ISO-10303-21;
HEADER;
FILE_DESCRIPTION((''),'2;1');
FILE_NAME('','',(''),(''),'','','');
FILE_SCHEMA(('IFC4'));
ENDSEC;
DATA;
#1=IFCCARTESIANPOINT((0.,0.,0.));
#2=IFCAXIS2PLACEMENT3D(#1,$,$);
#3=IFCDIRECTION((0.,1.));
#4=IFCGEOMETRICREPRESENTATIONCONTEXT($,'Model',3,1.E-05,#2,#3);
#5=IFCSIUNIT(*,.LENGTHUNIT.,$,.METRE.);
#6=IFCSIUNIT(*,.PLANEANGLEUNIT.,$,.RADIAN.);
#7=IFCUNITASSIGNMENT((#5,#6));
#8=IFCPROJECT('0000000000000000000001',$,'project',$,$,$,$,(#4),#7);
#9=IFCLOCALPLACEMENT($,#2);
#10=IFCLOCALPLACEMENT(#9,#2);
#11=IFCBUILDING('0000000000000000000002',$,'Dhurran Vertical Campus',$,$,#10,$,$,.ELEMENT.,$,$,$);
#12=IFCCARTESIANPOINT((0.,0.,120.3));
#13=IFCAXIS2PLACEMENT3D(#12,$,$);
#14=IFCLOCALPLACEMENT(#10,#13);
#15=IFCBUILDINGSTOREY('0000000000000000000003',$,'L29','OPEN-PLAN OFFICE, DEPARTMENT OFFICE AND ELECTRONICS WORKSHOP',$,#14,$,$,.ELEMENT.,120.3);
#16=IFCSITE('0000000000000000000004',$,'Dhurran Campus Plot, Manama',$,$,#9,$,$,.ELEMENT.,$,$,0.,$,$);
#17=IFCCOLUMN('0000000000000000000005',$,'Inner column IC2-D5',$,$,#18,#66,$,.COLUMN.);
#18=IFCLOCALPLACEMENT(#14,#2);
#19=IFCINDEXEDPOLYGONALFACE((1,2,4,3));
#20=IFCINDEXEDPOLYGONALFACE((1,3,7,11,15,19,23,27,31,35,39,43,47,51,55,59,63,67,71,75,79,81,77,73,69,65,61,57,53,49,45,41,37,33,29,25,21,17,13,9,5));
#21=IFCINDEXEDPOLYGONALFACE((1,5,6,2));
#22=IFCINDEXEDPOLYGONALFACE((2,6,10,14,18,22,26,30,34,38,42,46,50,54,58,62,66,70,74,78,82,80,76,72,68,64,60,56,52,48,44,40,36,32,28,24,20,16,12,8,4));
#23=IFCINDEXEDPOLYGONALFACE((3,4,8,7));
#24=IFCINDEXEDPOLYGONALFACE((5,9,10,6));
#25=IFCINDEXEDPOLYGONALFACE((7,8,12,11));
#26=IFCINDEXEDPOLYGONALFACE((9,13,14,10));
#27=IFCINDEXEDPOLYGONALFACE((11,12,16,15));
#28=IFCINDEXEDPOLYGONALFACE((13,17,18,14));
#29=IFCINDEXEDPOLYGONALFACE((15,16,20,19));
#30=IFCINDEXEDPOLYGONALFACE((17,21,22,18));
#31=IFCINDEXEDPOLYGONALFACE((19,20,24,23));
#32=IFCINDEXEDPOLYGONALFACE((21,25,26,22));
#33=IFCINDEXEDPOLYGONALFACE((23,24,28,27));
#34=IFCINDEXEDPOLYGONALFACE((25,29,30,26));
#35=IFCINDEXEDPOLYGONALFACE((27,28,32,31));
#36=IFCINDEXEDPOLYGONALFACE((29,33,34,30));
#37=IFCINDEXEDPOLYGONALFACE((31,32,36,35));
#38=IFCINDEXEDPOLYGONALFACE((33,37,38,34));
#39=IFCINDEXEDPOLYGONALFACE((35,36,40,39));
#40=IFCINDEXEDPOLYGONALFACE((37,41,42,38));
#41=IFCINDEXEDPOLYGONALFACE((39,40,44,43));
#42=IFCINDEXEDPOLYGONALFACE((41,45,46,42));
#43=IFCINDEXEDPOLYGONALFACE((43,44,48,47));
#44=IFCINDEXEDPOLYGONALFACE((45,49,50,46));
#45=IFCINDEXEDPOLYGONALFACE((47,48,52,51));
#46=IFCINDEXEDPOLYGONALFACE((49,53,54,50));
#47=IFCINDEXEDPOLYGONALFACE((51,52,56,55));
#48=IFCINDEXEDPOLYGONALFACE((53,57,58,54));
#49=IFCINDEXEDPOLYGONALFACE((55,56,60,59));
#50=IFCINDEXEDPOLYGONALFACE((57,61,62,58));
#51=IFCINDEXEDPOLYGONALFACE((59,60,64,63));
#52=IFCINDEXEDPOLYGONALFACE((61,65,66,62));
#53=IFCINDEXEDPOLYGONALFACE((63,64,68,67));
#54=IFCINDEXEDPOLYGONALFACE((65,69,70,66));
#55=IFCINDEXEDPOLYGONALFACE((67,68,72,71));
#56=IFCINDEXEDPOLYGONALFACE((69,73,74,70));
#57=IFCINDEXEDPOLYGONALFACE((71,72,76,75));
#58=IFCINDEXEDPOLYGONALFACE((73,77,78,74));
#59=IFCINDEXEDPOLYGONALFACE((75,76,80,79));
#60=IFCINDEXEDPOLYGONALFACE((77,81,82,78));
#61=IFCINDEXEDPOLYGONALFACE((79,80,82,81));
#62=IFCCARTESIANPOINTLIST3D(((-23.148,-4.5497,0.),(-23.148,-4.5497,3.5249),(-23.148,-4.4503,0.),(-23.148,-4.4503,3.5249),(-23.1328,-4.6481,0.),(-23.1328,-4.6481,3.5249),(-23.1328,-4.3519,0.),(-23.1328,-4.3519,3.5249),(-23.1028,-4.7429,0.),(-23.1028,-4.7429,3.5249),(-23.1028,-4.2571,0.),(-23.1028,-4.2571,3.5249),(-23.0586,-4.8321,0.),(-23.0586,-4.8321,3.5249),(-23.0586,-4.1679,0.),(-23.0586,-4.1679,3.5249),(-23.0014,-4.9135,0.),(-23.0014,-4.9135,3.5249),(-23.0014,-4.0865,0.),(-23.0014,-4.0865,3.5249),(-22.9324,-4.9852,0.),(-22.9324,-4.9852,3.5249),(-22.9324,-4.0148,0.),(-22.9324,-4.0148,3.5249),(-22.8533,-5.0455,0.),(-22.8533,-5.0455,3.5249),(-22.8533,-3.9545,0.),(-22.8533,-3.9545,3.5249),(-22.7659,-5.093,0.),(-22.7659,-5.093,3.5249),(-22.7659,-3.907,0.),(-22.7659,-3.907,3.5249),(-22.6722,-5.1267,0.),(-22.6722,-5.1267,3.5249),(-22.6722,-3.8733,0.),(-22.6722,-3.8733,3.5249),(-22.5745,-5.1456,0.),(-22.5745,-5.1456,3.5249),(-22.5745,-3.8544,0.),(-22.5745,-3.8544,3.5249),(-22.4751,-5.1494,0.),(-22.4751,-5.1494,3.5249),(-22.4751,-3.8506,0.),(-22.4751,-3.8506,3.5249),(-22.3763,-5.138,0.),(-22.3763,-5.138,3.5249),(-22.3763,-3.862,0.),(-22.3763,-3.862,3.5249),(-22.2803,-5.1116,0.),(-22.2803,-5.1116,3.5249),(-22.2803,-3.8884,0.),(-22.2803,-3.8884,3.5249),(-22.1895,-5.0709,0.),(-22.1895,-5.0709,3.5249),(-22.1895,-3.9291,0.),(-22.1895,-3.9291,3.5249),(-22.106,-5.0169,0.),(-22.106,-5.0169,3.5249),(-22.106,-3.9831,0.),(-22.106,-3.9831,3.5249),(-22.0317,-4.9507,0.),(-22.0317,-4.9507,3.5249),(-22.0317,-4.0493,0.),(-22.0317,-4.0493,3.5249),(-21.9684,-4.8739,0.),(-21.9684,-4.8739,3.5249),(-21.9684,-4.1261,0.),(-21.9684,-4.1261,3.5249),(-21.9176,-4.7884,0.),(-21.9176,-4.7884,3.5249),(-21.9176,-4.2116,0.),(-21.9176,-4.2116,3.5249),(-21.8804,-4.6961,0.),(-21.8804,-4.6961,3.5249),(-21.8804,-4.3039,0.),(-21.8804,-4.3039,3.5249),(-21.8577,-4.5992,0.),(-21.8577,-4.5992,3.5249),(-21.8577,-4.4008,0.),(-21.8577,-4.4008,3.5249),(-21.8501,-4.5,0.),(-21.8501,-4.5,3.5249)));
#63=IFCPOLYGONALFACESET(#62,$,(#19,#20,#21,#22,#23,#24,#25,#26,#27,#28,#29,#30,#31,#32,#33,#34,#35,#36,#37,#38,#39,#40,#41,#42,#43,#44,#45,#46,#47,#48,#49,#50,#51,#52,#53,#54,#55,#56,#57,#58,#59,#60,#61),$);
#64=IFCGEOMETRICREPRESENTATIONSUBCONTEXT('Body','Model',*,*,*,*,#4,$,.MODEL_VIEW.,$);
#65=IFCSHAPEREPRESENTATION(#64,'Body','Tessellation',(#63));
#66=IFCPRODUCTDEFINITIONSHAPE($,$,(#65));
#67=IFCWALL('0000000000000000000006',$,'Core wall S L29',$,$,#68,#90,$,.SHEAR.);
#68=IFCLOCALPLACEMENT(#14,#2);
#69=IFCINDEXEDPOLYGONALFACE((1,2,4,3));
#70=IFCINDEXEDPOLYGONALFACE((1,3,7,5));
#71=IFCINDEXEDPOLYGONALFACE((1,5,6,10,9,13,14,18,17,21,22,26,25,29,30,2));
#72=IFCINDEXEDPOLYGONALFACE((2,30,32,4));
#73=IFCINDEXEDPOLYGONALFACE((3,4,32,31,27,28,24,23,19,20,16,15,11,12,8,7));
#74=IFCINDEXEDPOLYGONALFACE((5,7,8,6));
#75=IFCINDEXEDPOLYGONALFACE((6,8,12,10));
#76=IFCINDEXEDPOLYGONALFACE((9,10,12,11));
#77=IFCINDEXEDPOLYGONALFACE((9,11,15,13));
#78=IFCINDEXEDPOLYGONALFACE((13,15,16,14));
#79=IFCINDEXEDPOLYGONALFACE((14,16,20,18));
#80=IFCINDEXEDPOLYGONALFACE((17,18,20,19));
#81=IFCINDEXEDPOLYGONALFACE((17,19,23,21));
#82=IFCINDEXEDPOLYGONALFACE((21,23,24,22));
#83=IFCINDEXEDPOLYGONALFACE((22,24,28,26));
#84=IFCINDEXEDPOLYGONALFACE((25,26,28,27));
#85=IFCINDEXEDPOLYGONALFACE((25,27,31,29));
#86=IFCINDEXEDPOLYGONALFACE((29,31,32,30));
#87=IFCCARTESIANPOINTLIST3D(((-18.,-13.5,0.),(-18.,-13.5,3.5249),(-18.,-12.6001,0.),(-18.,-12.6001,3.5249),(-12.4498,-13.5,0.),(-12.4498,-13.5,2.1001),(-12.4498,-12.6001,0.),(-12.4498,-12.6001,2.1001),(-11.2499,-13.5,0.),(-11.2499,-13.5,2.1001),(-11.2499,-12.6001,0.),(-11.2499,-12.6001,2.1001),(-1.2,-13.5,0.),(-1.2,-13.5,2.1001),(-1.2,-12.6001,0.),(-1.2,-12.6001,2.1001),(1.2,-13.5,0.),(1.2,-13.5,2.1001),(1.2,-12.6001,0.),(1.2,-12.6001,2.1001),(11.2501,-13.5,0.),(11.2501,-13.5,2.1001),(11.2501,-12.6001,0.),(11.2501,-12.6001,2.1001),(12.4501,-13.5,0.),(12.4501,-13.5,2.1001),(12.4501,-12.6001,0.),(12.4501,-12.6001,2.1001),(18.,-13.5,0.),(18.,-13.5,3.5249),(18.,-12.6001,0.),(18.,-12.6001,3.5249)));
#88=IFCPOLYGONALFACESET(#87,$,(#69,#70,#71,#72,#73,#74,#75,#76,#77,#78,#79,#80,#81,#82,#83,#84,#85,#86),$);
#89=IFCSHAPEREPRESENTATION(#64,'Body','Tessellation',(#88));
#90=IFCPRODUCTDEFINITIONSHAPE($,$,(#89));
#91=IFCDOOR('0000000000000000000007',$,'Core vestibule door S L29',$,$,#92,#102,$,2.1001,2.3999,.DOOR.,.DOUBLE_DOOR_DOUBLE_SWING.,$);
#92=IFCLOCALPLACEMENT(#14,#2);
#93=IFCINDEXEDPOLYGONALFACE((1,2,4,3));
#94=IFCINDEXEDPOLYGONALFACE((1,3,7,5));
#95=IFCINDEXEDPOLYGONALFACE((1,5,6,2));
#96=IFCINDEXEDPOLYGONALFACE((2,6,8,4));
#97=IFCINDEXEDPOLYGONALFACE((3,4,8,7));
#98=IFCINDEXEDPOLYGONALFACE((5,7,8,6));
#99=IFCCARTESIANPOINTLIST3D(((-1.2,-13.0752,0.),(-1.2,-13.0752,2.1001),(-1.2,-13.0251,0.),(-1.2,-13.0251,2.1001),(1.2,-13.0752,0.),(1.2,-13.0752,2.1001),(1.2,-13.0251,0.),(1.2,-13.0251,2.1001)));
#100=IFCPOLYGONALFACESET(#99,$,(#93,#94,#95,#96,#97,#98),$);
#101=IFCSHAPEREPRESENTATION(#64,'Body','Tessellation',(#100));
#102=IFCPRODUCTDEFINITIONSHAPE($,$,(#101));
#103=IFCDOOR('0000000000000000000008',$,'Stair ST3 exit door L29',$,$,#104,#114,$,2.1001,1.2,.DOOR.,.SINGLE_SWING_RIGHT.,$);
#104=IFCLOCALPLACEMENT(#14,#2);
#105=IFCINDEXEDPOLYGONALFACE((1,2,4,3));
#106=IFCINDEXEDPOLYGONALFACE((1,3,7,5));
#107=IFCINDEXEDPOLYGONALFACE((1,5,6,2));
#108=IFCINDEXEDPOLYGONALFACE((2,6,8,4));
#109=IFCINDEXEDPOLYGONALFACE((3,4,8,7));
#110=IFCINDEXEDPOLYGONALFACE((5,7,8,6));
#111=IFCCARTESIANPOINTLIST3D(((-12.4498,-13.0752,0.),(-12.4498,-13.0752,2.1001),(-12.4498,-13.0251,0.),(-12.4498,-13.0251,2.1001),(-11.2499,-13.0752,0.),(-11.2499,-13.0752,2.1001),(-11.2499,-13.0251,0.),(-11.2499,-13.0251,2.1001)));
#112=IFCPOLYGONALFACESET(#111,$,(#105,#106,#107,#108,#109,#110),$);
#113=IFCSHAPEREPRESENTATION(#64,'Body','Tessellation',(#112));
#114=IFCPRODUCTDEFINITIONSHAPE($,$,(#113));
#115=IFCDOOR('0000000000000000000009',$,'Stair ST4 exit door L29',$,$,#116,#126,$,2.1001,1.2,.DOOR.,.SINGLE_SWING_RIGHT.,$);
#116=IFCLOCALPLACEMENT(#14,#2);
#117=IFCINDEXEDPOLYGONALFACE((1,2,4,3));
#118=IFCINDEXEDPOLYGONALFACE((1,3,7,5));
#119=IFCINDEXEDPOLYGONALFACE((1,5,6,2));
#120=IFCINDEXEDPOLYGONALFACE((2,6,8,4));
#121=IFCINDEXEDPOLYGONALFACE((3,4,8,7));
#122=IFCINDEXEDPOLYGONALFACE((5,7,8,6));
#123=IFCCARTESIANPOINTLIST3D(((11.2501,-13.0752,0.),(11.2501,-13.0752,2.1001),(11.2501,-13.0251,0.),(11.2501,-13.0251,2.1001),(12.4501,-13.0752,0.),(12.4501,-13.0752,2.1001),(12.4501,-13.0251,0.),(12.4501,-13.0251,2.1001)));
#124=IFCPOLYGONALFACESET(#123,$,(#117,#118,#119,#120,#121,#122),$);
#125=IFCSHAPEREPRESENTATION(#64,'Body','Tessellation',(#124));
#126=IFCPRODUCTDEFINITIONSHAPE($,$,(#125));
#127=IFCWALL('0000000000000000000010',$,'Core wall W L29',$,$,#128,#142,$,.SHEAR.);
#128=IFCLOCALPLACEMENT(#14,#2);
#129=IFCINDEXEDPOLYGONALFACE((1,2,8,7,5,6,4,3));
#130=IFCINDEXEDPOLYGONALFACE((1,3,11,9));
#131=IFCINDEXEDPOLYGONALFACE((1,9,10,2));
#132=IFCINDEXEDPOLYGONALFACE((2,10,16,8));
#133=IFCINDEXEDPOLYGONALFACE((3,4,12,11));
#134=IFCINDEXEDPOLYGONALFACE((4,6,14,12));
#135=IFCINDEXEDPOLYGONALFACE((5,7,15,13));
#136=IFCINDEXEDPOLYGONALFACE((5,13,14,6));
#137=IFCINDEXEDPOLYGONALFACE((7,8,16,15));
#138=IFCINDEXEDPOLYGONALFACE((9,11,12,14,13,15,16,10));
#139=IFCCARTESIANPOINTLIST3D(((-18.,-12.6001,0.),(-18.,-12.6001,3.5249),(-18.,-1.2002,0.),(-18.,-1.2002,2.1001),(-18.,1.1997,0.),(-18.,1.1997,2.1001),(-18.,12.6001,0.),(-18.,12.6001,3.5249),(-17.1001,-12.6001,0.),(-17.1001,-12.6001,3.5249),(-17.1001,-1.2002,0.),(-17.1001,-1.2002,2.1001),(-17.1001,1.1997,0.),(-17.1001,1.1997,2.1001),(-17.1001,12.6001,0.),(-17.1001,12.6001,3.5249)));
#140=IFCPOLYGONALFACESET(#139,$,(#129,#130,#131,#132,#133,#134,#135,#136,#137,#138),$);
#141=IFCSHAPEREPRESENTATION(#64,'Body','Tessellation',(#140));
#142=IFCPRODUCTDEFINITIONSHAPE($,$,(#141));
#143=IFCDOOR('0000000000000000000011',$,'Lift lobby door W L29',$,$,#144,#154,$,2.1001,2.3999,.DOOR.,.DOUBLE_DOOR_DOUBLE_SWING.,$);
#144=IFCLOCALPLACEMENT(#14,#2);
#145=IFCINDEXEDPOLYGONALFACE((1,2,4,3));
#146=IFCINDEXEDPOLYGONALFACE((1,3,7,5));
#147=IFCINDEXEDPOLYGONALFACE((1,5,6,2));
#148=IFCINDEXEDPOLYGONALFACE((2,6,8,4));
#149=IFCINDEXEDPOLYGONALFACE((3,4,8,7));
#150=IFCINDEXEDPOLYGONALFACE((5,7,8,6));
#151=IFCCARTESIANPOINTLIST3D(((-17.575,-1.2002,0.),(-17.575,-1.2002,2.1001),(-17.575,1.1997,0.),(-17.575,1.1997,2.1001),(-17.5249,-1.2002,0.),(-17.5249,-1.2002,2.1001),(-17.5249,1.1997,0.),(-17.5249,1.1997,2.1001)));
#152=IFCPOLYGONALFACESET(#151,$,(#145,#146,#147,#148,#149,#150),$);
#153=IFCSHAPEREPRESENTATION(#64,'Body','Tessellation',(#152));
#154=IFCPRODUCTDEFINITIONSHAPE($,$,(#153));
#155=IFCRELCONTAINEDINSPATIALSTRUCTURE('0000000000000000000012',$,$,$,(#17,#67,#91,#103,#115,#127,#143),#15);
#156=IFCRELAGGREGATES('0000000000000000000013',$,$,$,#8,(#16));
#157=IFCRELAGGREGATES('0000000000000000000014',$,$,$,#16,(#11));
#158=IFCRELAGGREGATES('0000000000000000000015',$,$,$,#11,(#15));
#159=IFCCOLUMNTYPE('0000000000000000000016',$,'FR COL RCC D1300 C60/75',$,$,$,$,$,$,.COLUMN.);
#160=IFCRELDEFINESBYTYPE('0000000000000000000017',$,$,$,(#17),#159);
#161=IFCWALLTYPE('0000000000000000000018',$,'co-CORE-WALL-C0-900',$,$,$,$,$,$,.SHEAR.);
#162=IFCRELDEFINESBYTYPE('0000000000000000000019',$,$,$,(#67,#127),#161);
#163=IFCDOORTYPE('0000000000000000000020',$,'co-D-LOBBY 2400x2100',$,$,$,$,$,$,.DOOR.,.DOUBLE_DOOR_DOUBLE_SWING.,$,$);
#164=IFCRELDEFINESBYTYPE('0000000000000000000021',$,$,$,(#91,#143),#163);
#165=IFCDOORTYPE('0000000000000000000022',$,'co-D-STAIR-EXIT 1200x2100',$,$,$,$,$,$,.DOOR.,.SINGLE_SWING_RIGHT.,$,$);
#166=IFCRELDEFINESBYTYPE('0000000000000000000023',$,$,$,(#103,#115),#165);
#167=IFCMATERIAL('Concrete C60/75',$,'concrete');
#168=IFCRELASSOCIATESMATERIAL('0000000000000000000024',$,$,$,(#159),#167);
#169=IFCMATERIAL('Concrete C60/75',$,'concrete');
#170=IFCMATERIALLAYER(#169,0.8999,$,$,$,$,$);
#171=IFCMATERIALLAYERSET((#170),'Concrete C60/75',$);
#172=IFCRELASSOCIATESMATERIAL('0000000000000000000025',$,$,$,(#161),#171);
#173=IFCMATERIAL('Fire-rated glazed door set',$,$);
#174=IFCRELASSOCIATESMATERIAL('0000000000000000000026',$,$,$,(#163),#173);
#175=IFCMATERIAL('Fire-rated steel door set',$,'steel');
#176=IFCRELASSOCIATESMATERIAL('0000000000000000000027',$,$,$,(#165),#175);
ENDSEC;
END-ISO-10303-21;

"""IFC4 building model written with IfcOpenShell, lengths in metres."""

from ifc_helpers import new_model, si_unit, direction, frame, frame_2d, origin, origin_2d, place, context, subcontext, project, spatial, rectangle, circle, extrude, material, layer, layer_set, material_profile, profile_set, type_object, element, fill, save


model = new_model("IFC4")

# Units and contexts
model_context = context("Model", 3, precision=1e-05, world=origin(), true_north=direction((0.0, 1.0)))
body_context = subcontext(model_context, "Body", "Model", "MODEL_VIEW")
ifc_project = project(units=[si_unit("LENGTHUNIT", "METRE"), si_unit("PLANEANGLEUNIT", "RADIAN")], contexts=[model_context])

# Site, building, storey
site_placement = place(None, origin())
site = spatial("IfcSite", under=ifc_project, at=site_placement, Name="Dhurran Campus Plot, Manama", CompositionType="ELEMENT", RefElevation=0.0)
building_placement = place(site_placement, origin())
building = spatial("IfcBuilding", under=site, at=building_placement, Name="Dhurran Vertical Campus", CompositionType="ELEMENT")
storey_placement = place(building_placement, frame((0.0, 0.0, 120.3)))
storey = spatial("IfcBuildingStorey", under=building, at=storey_placement, Name="L29", Description="OPEN-PLAN OFFICE, DEPARTMENT OFFICE AND ELECTRONICS WORKSHOP", CompositionType="ELEMENT", Elevation=120.3)

# Column
ifc_material_1 = material(Name="Concrete C60/75", Category="concrete")
ifc_material_profile = material_profile(ifc_material_1, circle(Radius=0.6499, at=origin_2d()), Name="RCC D1300")
ifc_profile_set = profile_set([ifc_material_profile], Name="Concrete C60/75")
column_type = type_object("IfcColumnType", Name="FR COL RCC D1300 C60/75", PredefinedType="COLUMN", material=ifc_profile_set)
column_placement = place(storey_placement, frame((-22.5, -4.5, 0.0), z_axis=(0.0, 0.0, 1.0), x_axis=(1.0, 0.0, 0.0)))
element("IfcColumn", 1, at=column_placement, inside=storey, type_object=column_type, Name="Inner column IC2-D5", PredefinedType="COLUMN", context=body_context, shape_type="SweptSolid", body=[
    extrude(circle(Radius=0.6499, at=origin_2d()), origin(), (0.0, 0.0, 1.0), 3.5249),
])

# Wall, openings, doors
ifc_material_2 = material(Name="Concrete C60/75", Category="concrete")
ifc_layer_1 = layer(ifc_material_2, 0.8999)
ifc_layer_set_1 = layer_set([ifc_layer_1], Name="Concrete C60/75")
wall_type_1 = type_object("IfcWallType", Name="co-CORE-WALL-C0-900", PredefinedType="SHEAR", material=ifc_layer_set_1)
wall_1_placement = place(storey_placement, frame((-18.0, -13.05, 0.0), z_axis=(0.0, 0.0, 1.0), x_axis=(1.0, 0.0, 0.0)))
wall_1 = element("IfcWall", 2, at=wall_1_placement, inside=storey, type_object=wall_type_1, Name="Core wall S L29", PredefinedType="SHEAR", context=body_context, shape_type="SweptSolid", body=[
    extrude(rectangle(XDim=36.0, YDim=0.8999, at=frame_2d((18.0, 0.0))), origin(), (0.0, 0.0, 1.0), 3.5249),
])
opening_1_placement = place(wall_1_placement, frame((16.8, 0.0, 0.0)))
opening_1 = element("IfcOpeningElement", 3, at=opening_1_placement, cuts=wall_1, PredefinedType="OPENING", context=body_context, shape_type="SweptSolid", body=[
    extrude(rectangle(XDim=2.3999, YDim=2.1001, at=frame_2d((1.2, 1.05))), frame((0.0, 0.46, 0.0), z_axis=(0.0, -1.0, 0.0), x_axis=(1.0, 0.0, 0.0)), (0.0, 0.0, 1.0), 0.9199),
])
opening_2_placement = place(wall_1_placement, frame((5.55, 0.0, 0.0)))
opening_2 = element("IfcOpeningElement", 4, at=opening_2_placement, cuts=wall_1, PredefinedType="OPENING", context=body_context, shape_type="SweptSolid", body=[
    extrude(rectangle(XDim=1.2, YDim=2.1001, at=frame_2d((0.6001, 1.05))), frame((0.0, 0.46, 0.0), z_axis=(0.0, -1.0, 0.0), x_axis=(1.0, 0.0, 0.0)), (0.0, 0.0, 1.0), 0.9199),
])
opening_3_placement = place(wall_1_placement, frame((29.25, 0.0, 0.0)))
opening_3 = element("IfcOpeningElement", 5, at=opening_3_placement, cuts=wall_1, PredefinedType="OPENING", context=body_context, shape_type="SweptSolid", body=[
    extrude(rectangle(XDim=1.2, YDim=2.1001, at=frame_2d((0.6001, 1.05))), frame((0.0, 0.46, 0.0), z_axis=(0.0, -1.0, 0.0), x_axis=(1.0, 0.0, 0.0)), (0.0, 0.0, 1.0), 0.9199),
])
ifc_material_3 = material(Name="Fire-rated glazed door set")
door_type_1 = type_object("IfcDoorType", Name="co-D-LOBBY 2400x2100", OperationType="DOUBLE_DOOR_DOUBLE_SWING", PredefinedType="DOOR", material=ifc_material_3)
door_1_placement = place(opening_1_placement, origin())
door_1 = element("IfcDoor", 6, at=door_1_placement, inside=storey, type_object=door_type_1, Name="Core vestibule door S L29", OperationType="DOUBLE_DOOR_DOUBLE_SWING", OverallHeight=2.1001, OverallWidth=2.3999, PredefinedType="DOOR", context=body_context, shape_type="SweptSolid", body=[
    extrude(rectangle(XDim=2.3999, YDim=2.1001, at=frame_2d((1.2, 1.05))), frame((0.0, 0.0249, 0.0), z_axis=(0.0, -1.0, 0.0), x_axis=(1.0, 0.0, 0.0)), (0.0, 0.0, 1.0), 0.05),
])
fill(opening_1, door_1)
ifc_material_4 = material(Name="Fire-rated steel door set", Category="steel")
door_type_2 = type_object("IfcDoorType", Name="co-D-STAIR-EXIT 1200x2100", OperationType="SINGLE_SWING_RIGHT", PredefinedType="DOOR", material=ifc_material_4)
door_2_placement = place(opening_2_placement, origin())
door_2 = element("IfcDoor", 7, at=door_2_placement, inside=storey, type_object=door_type_2, Name="Stair ST3 exit door L29", OperationType="SINGLE_SWING_RIGHT", OverallHeight=2.1001, OverallWidth=1.2, PredefinedType="DOOR", context=body_context, shape_type="SweptSolid", body=[
    extrude(rectangle(XDim=1.2, YDim=2.1001, at=frame_2d((0.6001, 1.05))), frame((0.0, 0.0249, 0.0), z_axis=(0.0, -1.0, 0.0), x_axis=(1.0, 0.0, 0.0)), (0.0, 0.0, 1.0), 0.05),
])
fill(opening_2, door_2)
door_3_placement = place(opening_3_placement, origin())
door_3 = element("IfcDoor", 8, at=door_3_placement, inside=storey, type_object=door_type_2, Name="Stair ST4 exit door L29", OperationType="SINGLE_SWING_RIGHT", OverallHeight=2.1001, OverallWidth=1.2, PredefinedType="DOOR", context=body_context, shape_type="SweptSolid", body=[
    extrude(rectangle(XDim=1.2, YDim=2.1001, at=frame_2d((0.6001, 1.05))), frame((0.0, 0.0249, 0.0), z_axis=(0.0, -1.0, 0.0), x_axis=(1.0, 0.0, 0.0)), (0.0, 0.0, 1.0), 0.05),
])
fill(opening_3, door_3)

# Wall, opening, door
wall_2_placement = place(storey_placement, frame((-17.55, -12.6001, 0.0), z_axis=(0.0, 0.0, 1.0), x_axis=(0.0, 1.0, 0.0)))
wall_2 = element("IfcWall", 9, at=wall_2_placement, inside=storey, type_object=wall_type_1, Name="Core wall W L29", PredefinedType="SHEAR", context=body_context, shape_type="SweptSolid", body=[
    extrude(rectangle(XDim=25.2002, YDim=0.8999, at=frame_2d((12.6001, 0.0))), origin(), (0.0, 0.0, 1.0), 3.5249),
])
opening_4_placement = place(wall_2_placement, frame((11.3999, 0.0, 0.0)))
opening_4 = element("IfcOpeningElement", 10, at=opening_4_placement, cuts=wall_2, PredefinedType="OPENING", context=body_context, shape_type="SweptSolid", body=[
    extrude(rectangle(XDim=2.3999, YDim=2.1001, at=frame_2d((1.2, 1.05))), frame((0.0, 0.46, 0.0), z_axis=(0.0, -1.0, 0.0), x_axis=(1.0, 0.0, 0.0)), (0.0, 0.0, 1.0), 0.9199),
])
door_4_placement = place(opening_4_placement, origin())
door_4 = element("IfcDoor", 11, at=door_4_placement, inside=storey, type_object=door_type_1, Name="Lift lobby door W L29", OperationType="DOUBLE_DOOR_DOUBLE_SWING", OverallHeight=2.1001, OverallWidth=2.3999, PredefinedType="DOOR", context=body_context, shape_type="SweptSolid", body=[
    extrude(rectangle(XDim=2.3999, YDim=2.1001, at=frame_2d((1.2, 1.05))), frame((0.0, 0.0249, 0.0), z_axis=(0.0, -1.0, 0.0), x_axis=(1.0, 0.0, 0.0)), (0.0, 0.0, 1.0), 0.05),
])
fill(opening_4, door_4)

save(model, "model.ifc")
